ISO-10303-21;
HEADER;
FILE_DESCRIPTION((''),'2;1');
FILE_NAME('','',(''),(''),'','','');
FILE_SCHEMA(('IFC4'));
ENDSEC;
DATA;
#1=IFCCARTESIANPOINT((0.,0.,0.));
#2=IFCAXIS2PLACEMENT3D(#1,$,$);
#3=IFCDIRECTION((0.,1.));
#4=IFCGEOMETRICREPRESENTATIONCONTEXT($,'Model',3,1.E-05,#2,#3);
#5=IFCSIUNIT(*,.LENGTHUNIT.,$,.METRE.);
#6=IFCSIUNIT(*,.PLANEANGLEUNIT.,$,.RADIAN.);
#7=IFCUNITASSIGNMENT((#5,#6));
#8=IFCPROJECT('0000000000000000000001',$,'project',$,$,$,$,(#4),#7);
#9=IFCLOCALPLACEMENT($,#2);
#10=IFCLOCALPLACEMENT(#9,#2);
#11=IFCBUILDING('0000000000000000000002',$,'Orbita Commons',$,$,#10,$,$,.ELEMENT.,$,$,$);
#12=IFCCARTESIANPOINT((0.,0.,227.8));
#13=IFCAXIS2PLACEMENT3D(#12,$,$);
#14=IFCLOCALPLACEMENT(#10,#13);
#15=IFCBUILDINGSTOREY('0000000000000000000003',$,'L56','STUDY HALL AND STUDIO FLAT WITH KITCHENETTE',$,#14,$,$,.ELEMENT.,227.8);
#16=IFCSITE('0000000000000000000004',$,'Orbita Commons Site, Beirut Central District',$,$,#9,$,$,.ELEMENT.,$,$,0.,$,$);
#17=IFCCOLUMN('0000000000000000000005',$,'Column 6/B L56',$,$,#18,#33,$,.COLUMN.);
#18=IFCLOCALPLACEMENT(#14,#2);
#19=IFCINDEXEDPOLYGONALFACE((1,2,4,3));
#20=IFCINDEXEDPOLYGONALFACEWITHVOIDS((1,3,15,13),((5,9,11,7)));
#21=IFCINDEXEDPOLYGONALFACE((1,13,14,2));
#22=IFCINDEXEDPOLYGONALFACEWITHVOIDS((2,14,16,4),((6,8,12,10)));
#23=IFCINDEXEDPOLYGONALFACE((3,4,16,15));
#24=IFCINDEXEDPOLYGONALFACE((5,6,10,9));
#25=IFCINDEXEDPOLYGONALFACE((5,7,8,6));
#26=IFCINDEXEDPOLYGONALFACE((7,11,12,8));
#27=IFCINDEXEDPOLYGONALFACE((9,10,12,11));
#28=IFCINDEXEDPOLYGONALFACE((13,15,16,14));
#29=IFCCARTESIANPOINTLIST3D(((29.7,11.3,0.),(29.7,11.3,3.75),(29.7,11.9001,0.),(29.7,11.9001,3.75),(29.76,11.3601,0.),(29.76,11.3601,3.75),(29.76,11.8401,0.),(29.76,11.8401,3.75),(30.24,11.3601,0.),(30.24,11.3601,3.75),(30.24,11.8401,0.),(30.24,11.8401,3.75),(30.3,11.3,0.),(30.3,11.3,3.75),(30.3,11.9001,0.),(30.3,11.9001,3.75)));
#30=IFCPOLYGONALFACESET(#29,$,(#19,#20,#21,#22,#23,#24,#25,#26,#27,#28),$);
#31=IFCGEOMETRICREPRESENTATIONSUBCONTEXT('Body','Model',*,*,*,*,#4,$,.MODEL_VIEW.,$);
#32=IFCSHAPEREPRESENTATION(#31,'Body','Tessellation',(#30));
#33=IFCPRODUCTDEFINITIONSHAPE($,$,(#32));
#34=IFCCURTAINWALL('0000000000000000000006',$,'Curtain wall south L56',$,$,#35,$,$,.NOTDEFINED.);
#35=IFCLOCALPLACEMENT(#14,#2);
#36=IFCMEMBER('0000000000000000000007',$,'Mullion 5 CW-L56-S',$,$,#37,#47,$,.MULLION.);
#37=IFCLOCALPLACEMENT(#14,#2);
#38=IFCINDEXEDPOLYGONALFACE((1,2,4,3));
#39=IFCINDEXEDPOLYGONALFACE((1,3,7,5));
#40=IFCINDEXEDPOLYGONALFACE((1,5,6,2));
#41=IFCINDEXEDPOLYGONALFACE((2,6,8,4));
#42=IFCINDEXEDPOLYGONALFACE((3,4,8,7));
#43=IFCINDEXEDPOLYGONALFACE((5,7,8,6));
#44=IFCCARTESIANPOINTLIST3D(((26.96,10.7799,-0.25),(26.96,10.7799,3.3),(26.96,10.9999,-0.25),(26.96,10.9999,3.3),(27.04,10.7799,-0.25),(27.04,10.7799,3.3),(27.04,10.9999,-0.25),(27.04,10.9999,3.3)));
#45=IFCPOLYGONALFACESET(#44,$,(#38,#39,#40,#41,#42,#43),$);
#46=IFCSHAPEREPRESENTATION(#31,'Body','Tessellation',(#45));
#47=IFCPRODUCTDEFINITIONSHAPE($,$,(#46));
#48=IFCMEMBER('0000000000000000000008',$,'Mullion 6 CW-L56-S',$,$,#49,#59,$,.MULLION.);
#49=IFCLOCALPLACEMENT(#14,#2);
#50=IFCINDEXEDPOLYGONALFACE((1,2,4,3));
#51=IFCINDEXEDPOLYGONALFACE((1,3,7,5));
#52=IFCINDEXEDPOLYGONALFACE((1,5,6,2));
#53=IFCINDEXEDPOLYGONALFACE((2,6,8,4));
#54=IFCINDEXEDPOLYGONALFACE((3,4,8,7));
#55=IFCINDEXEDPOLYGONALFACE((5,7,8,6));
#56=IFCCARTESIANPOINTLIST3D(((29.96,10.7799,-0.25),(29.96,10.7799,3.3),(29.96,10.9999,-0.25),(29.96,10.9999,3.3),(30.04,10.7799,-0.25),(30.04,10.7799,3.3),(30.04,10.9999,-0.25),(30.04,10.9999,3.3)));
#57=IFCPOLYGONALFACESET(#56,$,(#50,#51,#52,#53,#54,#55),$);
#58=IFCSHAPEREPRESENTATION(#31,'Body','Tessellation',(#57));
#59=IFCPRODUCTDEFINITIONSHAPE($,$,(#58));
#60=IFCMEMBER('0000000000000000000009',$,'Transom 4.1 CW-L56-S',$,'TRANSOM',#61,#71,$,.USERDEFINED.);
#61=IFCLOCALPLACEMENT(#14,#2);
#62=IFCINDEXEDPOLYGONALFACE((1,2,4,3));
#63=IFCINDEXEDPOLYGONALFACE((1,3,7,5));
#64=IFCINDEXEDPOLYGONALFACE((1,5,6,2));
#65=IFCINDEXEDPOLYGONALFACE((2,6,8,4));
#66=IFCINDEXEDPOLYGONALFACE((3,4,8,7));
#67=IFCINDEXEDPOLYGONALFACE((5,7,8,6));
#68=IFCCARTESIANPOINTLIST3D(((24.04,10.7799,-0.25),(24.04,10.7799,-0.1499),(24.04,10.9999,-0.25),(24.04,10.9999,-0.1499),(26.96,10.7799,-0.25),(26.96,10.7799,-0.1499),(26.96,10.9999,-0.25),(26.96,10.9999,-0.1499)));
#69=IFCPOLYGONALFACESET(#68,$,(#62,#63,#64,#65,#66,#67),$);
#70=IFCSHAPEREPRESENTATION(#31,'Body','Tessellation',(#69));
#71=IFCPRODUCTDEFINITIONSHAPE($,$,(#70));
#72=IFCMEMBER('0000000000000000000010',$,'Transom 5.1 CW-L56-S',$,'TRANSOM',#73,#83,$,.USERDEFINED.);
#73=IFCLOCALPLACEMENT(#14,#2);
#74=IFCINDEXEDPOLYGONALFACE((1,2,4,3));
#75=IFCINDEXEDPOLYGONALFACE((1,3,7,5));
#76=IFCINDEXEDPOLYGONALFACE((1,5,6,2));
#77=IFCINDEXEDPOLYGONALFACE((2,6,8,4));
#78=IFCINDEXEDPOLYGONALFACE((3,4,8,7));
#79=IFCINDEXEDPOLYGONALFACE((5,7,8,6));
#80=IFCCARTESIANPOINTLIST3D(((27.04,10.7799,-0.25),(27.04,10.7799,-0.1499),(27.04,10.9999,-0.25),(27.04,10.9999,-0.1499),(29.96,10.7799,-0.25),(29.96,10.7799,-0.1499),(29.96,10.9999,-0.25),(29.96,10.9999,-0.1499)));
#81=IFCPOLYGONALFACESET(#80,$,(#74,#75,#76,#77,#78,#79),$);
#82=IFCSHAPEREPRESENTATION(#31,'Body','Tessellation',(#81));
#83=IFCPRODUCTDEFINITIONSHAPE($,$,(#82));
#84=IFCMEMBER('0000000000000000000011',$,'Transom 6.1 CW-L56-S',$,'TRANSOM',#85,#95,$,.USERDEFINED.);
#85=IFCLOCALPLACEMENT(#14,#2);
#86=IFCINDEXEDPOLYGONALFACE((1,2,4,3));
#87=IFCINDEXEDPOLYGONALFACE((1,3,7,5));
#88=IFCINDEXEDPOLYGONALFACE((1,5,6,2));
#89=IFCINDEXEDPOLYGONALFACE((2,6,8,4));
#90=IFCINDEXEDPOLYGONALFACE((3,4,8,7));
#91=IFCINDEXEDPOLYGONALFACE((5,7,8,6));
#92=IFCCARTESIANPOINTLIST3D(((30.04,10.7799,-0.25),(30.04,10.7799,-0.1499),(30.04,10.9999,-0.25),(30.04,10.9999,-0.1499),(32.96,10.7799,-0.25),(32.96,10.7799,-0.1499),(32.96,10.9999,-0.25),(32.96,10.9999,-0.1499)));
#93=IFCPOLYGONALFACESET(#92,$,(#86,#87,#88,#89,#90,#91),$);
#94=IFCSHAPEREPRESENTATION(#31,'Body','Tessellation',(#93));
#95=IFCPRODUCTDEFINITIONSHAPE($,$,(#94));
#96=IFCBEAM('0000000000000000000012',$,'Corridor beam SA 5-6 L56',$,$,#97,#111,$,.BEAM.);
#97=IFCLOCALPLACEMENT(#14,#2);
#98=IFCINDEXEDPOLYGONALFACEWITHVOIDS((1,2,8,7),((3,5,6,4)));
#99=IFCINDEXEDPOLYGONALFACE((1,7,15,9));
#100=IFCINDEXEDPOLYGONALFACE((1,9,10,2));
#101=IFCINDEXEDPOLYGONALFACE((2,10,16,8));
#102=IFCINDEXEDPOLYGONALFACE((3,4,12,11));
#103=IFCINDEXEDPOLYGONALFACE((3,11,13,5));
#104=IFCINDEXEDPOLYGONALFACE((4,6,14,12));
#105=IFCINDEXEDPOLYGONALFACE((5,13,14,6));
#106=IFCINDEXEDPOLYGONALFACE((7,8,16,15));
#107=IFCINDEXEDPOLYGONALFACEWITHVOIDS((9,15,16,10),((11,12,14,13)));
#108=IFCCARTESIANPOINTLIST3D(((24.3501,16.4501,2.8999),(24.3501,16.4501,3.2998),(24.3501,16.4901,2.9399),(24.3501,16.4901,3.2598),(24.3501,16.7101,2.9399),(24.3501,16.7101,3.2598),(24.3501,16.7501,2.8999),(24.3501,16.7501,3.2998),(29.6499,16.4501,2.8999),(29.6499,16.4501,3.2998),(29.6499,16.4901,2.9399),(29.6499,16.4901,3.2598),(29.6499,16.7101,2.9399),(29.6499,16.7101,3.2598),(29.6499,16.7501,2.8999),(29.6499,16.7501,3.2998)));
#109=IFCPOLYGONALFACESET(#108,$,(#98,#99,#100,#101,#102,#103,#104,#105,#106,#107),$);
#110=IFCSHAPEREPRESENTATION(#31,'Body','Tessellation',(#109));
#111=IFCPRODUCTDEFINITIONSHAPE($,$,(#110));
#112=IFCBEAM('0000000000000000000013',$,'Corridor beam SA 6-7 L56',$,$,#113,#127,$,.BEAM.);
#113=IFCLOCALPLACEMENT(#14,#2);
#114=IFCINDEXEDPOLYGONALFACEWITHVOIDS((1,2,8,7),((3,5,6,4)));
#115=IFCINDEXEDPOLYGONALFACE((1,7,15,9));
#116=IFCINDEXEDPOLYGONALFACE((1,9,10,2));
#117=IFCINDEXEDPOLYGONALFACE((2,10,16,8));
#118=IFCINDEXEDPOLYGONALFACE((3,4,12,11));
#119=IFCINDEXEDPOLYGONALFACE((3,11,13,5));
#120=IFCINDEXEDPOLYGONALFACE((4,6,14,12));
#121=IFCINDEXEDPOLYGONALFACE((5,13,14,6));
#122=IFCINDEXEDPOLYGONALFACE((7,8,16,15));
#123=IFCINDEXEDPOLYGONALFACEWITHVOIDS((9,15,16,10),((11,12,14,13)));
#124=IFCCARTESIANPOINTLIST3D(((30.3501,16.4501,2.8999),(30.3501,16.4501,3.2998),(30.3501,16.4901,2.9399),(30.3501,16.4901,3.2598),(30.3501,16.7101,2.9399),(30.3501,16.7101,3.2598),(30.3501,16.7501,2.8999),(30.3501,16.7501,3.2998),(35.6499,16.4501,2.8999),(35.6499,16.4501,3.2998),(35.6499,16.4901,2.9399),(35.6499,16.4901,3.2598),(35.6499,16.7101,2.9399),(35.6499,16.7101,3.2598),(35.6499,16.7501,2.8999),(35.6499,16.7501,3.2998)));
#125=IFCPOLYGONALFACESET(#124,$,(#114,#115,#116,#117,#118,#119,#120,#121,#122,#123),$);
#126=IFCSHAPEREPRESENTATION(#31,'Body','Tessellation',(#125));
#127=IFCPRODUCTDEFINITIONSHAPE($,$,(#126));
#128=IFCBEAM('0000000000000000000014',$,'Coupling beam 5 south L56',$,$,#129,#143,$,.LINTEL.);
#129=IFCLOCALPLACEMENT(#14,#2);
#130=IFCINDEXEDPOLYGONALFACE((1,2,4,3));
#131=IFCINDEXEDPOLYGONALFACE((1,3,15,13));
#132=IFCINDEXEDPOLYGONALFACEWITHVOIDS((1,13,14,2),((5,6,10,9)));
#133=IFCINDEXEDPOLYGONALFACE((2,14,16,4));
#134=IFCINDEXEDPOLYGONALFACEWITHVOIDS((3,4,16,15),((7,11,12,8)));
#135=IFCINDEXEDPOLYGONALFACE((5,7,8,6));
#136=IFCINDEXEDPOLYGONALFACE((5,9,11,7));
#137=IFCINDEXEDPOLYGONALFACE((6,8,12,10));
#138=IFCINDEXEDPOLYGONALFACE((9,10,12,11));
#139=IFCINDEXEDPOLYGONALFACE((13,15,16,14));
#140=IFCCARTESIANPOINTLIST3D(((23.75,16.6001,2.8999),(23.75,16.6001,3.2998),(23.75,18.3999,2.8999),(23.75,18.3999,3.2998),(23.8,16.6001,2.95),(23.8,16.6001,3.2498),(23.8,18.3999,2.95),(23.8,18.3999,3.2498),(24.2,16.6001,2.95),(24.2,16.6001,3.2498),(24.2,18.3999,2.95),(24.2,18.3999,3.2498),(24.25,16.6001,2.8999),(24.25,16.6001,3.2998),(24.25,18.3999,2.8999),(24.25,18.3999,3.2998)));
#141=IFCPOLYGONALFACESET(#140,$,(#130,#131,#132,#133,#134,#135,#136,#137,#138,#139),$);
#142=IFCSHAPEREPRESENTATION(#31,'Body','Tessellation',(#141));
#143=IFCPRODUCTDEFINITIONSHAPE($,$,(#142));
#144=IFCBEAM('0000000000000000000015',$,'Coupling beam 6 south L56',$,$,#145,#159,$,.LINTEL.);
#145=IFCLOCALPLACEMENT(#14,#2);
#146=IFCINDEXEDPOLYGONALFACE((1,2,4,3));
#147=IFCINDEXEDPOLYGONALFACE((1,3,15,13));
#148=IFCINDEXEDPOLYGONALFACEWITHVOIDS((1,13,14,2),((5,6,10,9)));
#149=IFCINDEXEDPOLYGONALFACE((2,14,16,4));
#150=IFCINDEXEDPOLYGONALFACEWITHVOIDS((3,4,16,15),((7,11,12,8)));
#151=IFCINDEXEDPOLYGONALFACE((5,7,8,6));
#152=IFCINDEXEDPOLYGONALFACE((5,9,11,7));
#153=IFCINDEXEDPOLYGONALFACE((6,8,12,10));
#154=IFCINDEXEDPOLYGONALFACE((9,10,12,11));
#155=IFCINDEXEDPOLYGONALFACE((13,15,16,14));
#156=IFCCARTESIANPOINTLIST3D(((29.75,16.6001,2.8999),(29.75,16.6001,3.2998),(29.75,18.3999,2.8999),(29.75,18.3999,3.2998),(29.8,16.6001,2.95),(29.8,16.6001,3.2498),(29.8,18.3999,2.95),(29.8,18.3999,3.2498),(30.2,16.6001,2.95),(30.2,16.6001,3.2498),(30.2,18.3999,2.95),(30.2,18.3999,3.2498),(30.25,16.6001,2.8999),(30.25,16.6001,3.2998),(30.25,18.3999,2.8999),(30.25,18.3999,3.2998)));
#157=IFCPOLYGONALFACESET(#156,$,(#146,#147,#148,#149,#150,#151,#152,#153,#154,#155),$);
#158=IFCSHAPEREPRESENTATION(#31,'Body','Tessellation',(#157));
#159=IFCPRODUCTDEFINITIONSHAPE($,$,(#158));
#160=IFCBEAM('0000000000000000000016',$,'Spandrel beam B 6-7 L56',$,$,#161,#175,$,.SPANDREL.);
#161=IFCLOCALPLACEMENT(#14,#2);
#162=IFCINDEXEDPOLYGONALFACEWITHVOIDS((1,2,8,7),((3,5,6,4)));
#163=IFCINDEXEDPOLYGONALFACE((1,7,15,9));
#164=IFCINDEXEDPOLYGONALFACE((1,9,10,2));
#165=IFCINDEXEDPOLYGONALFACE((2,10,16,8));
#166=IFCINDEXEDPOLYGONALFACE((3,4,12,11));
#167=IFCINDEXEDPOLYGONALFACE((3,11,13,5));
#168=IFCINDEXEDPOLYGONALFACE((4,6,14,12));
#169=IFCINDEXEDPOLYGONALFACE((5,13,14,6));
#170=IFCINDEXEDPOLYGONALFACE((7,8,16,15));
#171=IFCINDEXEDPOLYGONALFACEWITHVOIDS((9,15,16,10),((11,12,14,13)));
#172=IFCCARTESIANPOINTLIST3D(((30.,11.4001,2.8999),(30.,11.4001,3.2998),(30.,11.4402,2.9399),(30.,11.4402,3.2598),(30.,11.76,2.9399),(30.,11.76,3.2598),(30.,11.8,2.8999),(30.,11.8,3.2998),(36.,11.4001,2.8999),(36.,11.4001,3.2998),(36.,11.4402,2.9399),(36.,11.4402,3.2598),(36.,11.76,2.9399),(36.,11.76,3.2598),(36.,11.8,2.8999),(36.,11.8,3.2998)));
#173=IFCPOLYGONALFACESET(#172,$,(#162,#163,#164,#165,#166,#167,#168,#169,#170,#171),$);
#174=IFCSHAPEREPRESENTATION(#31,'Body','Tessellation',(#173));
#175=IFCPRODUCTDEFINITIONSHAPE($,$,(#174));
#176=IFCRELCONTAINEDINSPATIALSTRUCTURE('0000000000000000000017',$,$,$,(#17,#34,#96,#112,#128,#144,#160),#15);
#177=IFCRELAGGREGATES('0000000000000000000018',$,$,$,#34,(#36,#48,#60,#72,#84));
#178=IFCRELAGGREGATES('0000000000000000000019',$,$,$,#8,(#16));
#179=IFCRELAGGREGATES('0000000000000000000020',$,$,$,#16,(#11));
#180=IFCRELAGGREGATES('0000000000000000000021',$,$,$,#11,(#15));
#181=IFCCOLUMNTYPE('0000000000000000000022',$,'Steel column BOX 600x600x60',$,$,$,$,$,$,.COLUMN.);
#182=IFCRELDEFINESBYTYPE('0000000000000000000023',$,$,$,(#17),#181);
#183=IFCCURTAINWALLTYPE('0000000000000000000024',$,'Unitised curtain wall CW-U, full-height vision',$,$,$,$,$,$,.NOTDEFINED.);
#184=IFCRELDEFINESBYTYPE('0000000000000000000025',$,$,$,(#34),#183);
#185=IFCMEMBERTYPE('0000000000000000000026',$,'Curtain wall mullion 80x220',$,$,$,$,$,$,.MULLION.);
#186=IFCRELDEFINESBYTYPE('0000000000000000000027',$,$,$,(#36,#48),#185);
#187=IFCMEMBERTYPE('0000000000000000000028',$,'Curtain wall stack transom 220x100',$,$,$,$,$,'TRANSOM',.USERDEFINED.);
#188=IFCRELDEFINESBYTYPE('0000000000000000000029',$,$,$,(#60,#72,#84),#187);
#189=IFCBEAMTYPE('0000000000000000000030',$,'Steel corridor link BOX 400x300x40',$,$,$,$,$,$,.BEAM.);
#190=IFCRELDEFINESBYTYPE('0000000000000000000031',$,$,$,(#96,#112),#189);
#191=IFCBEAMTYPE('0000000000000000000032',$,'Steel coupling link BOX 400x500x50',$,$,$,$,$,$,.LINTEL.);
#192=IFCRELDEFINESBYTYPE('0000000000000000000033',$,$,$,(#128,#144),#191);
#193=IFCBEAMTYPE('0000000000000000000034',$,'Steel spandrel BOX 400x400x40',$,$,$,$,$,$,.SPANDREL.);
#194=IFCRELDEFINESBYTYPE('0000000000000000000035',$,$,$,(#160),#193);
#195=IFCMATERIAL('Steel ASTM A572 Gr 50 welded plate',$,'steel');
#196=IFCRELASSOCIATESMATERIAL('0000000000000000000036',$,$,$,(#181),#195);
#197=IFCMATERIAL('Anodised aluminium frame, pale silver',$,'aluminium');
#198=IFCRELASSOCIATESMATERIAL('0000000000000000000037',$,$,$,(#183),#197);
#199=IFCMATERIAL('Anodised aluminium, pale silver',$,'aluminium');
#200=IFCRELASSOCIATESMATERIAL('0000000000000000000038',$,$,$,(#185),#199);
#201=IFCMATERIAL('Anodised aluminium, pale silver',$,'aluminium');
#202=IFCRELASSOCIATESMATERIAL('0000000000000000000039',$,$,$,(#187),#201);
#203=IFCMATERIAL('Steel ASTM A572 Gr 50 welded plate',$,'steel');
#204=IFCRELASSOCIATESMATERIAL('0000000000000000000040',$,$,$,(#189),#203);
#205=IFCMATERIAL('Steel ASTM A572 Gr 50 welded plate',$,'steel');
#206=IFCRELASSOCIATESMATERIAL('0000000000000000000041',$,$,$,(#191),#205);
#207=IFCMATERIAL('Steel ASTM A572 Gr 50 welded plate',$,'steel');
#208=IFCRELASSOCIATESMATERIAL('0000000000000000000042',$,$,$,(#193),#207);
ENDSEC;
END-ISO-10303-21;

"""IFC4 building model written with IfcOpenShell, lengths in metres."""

from ifc_helpers import new_model, si_unit, direction, frame, origin, origin_2d, place, context, subcontext, project, spatial, rectangle, hollow_rectangle, extrude, material, material_profile, profile_set, type_object, element, aggregate, save


model = new_model("IFC4")

# Units and contexts
model_context = context("Model", 3, precision=1e-05, world=origin(), true_north=direction((0.0, 1.0)))
body_context = subcontext(model_context, "Body", "Model", "MODEL_VIEW")
ifc_project = project(units=[si_unit("LENGTHUNIT", "METRE"), si_unit("PLANEANGLEUNIT", "RADIAN")], contexts=[model_context])

# Site, building, storey
site_placement = place(None, origin())
site = spatial("IfcSite", under=ifc_project, at=site_placement, Name="Orbita Commons Site, Beirut Central District", CompositionType="ELEMENT", RefElevation=0.0)
building_placement = place(site_placement, origin())
building = spatial("IfcBuilding", under=site, at=building_placement, Name="Orbita Commons", CompositionType="ELEMENT")
storey_placement = place(building_placement, frame((0.0, 0.0, 227.8)))
storey = spatial("IfcBuildingStorey", under=building, at=storey_placement, Name="L56", Description="STUDY HALL AND STUDIO FLAT WITH KITCHENETTE", CompositionType="ELEMENT", Elevation=227.8)

# Column
ifc_material_1 = material(Name="Steel ASTM A572 Gr 50 welded plate", Category="steel")
ifc_material_profile_1 = material_profile(ifc_material_1, hollow_rectangle(XDim=0.6001, YDim=0.6001, WallThickness=0.0601, at=origin_2d()), Name="BOX 600x600x60")
ifc_profile_set_1 = profile_set([ifc_material_profile_1], Name="Steel ASTM A572 Gr 50 welded plate")
column_type = type_object("IfcColumnType", Name="Steel column BOX 600x600x60", PredefinedType="COLUMN", material=ifc_profile_set_1)
column_placement = place(storey_placement, frame((30.0, 11.6001, 0.0), z_axis=(0.0, 0.0, 1.0), x_axis=(1.0, 0.0, 0.0)))
element("IfcColumn", 1, at=column_placement, inside=storey, type_object=column_type, Name="Column 6/B L56", PredefinedType="COLUMN", context=body_context, shape_type="SweptSolid", body=[
    extrude(hollow_rectangle(XDim=0.6001, YDim=0.6001, WallThickness=0.0601, at=origin_2d()), origin(), (0.0, 0.0, 1.0), 3.75),
])

# Curtain wall, members
ifc_material_2 = material(Name="Anodised aluminium frame, pale silver", Category="aluminium")
curtain_wall_type = type_object("IfcCurtainWallType", Name="Unitised curtain wall CW-U, full-height vision", PredefinedType="NOTDEFINED", material=ifc_material_2)
curtain_wall_placement = place(storey_placement, origin())
curtain_wall = element("IfcCurtainWall", 2, at=curtain_wall_placement, inside=storey, type_object=curtain_wall_type, Name="Curtain wall south L56", PredefinedType="NOTDEFINED")
ifc_material_3 = material(Name="Anodised aluminium, pale silver", Category="aluminium")
ifc_material_profile_2 = material_profile(ifc_material_3, rectangle(XDim=0.0801, YDim=0.22, at=origin_2d()), Name="AL 80x220")
ifc_profile_set_2 = profile_set([ifc_material_profile_2], Name="Anodised aluminium, pale silver")
member_type_1 = type_object("IfcMemberType", Name="Curtain wall mullion 80x220", PredefinedType="MULLION", material=ifc_profile_set_2)
member_1_placement = place(storey_placement, frame((27.0, 10.8899, -0.25), z_axis=(0.0, 0.0, 1.0), x_axis=(1.0, 0.0, 0.0)))
member_1 = element("IfcMember", 3, at=member_1_placement, type_object=member_type_1, Name="Mullion 5 CW-L56-S", PredefinedType="MULLION", context=body_context, shape_type="SweptSolid", body=[
    extrude(rectangle(XDim=0.0801, YDim=0.22, at=origin_2d()), origin(), (0.0, 0.0, 1.0), 3.55),
])
member_2_placement = place(storey_placement, frame((30.0, 10.8899, -0.25), z_axis=(0.0, 0.0, 1.0), x_axis=(1.0, 0.0, 0.0)))
member_2 = element("IfcMember", 4, at=member_2_placement, type_object=member_type_1, Name="Mullion 6 CW-L56-S", PredefinedType="MULLION", context=body_context, shape_type="SweptSolid", body=[
    extrude(rectangle(XDim=0.0801, YDim=0.22, at=origin_2d()), origin(), (0.0, 0.0, 1.0), 3.55),
])
ifc_material_4 = material(Name="Anodised aluminium, pale silver", Category="aluminium")
ifc_material_profile_3 = material_profile(ifc_material_4, rectangle(XDim=0.22, YDim=0.1001, at=origin_2d()), Name="AL 220x100")
ifc_profile_set_3 = profile_set([ifc_material_profile_3], Name="Anodised aluminium, pale silver")
member_type_2 = type_object("IfcMemberType", Name="Curtain wall stack transom 220x100", ElementType="TRANSOM", PredefinedType="USERDEFINED", material=ifc_profile_set_3)
member_3_placement = place(storey_placement, frame((24.04, 10.8899, -0.2), z_axis=(1.0, 0.0, 0.0), x_axis=(0.0, 1.0, 0.0)))
member_3 = element("IfcMember", 5, at=member_3_placement, type_object=member_type_2, Name="Transom 4.1 CW-L56-S", ObjectType="TRANSOM", PredefinedType="USERDEFINED", context=body_context, shape_type="SweptSolid", body=[
    extrude(rectangle(XDim=0.22, YDim=0.1001, at=origin_2d()), origin(), (0.0, 0.0, 1.0), 2.9199),
])
member_4_placement = place(storey_placement, frame((27.04, 10.8899, -0.2), z_axis=(1.0, 0.0, 0.0), x_axis=(0.0, 1.0, 0.0)))
member_4 = element("IfcMember", 6, at=member_4_placement, type_object=member_type_2, Name="Transom 5.1 CW-L56-S", ObjectType="TRANSOM", PredefinedType="USERDEFINED", context=body_context, shape_type="SweptSolid", body=[
    extrude(rectangle(XDim=0.22, YDim=0.1001, at=origin_2d()), origin(), (0.0, 0.0, 1.0), 2.9199),
])
member_5_placement = place(storey_placement, frame((30.04, 10.8899, -0.2), z_axis=(1.0, 0.0, 0.0), x_axis=(0.0, 1.0, 0.0)))
member_5 = element("IfcMember", 7, at=member_5_placement, type_object=member_type_2, Name="Transom 6.1 CW-L56-S", ObjectType="TRANSOM", PredefinedType="USERDEFINED", context=body_context, shape_type="SweptSolid", body=[
    extrude(rectangle(XDim=0.22, YDim=0.1001, at=origin_2d()), origin(), (0.0, 0.0, 1.0), 2.9199),
])

# Beams
ifc_material_5 = material(Name="Steel ASTM A572 Gr 50 welded plate", Category="steel")
ifc_material_profile_4 = material_profile(ifc_material_5, hollow_rectangle(XDim=0.3, YDim=0.3999, WallThickness=0.04, at=origin_2d()), Name="BOX 400x300x40")
ifc_profile_set_4 = profile_set([ifc_material_profile_4], Name="Steel ASTM A572 Gr 50 welded plate")
beam_type_1 = type_object("IfcBeamType", Name="Steel corridor link BOX 400x300x40", PredefinedType="BEAM", material=ifc_profile_set_4)
for number, where, z_axis, x_axis, name in (
    (8, (24.3501, 16.6001, 3.0999), (1.0, 0.0, 0.0), (0.0, 1.0, 0.0), "Corridor beam SA 5-6 L56"),
    (9, (30.3501, 16.6001, 3.0999), (1.0, 0.0, 0.0), (0.0, 1.0, 0.0), "Corridor beam SA 6-7 L56"),
):
    element("IfcBeam", number, at=place(storey_placement, frame(where, z_axis=z_axis, x_axis=x_axis)), inside=storey, type_object=beam_type_1, Name=name, PredefinedType="BEAM", context=body_context, shape_type="SweptSolid", body=[
        extrude(hollow_rectangle(XDim=0.3, YDim=0.3999, WallThickness=0.04, at=origin_2d()), origin(), (0.0, 0.0, 1.0), 5.2998),
    ])
ifc_material_6 = material(Name="Steel ASTM A572 Gr 50 welded plate", Category="steel")
ifc_material_profile_5 = material_profile(ifc_material_6, hollow_rectangle(XDim=0.5, YDim=0.3999, WallThickness=0.05, at=origin_2d()), Name="BOX 400x500x50")
ifc_profile_set_5 = profile_set([ifc_material_profile_5], Name="Steel ASTM A572 Gr 50 welded plate")
beam_type_2 = type_object("IfcBeamType", Name="Steel coupling link BOX 400x500x50", PredefinedType="LINTEL", material=ifc_profile_set_5)
for number, where, z_axis, x_axis, name in (
    (10, (24.0, 16.6001, 3.0999), (0.0, 1.0, 0.0), (-1.0, 0.0, 0.0), "Coupling beam 5 south L56"),
    (11, (30.0, 16.6001, 3.0999), (0.0, 1.0, 0.0), (-1.0, 0.0, 0.0), "Coupling beam 6 south L56"),
):
    element("IfcBeam", number, at=place(storey_placement, frame(where, z_axis=z_axis, x_axis=x_axis)), inside=storey, type_object=beam_type_2, Name=name, PredefinedType="LINTEL", context=body_context, shape_type="SweptSolid", body=[
        extrude(hollow_rectangle(XDim=0.5, YDim=0.3999, WallThickness=0.05, at=origin_2d()), origin(), (0.0, 0.0, 1.0), 1.7998),
    ])
ifc_material_7 = material(Name="Steel ASTM A572 Gr 50 welded plate", Category="steel")
ifc_material_profile_6 = material_profile(ifc_material_7, hollow_rectangle(XDim=0.3999, YDim=0.3999, WallThickness=0.04, at=origin_2d()), Name="BOX 400x400x40")
ifc_profile_set_6 = profile_set([ifc_material_profile_6], Name="Steel ASTM A572 Gr 50 welded plate")
beam_type_3 = type_object("IfcBeamType", Name="Steel spandrel BOX 400x400x40", PredefinedType="SPANDREL", material=ifc_profile_set_6)
beam_placement = place(storey_placement, frame((30.0, 11.6001, 3.0999), z_axis=(1.0, 0.0, 0.0), x_axis=(0.0, 1.0, 0.0)))
element("IfcBeam", 12, at=beam_placement, inside=storey, type_object=beam_type_3, Name="Spandrel beam B 6-7 L56", PredefinedType="SPANDREL", context=body_context, shape_type="SweptSolid", body=[
    extrude(hollow_rectangle(XDim=0.3999, YDim=0.3999, WallThickness=0.04, at=origin_2d()), origin(), (0.0, 0.0, 1.0), 6.0),
])

aggregate(curtain_wall, [member_1, member_2, member_3, member_4, member_5])

save(model, "model.ifc")
